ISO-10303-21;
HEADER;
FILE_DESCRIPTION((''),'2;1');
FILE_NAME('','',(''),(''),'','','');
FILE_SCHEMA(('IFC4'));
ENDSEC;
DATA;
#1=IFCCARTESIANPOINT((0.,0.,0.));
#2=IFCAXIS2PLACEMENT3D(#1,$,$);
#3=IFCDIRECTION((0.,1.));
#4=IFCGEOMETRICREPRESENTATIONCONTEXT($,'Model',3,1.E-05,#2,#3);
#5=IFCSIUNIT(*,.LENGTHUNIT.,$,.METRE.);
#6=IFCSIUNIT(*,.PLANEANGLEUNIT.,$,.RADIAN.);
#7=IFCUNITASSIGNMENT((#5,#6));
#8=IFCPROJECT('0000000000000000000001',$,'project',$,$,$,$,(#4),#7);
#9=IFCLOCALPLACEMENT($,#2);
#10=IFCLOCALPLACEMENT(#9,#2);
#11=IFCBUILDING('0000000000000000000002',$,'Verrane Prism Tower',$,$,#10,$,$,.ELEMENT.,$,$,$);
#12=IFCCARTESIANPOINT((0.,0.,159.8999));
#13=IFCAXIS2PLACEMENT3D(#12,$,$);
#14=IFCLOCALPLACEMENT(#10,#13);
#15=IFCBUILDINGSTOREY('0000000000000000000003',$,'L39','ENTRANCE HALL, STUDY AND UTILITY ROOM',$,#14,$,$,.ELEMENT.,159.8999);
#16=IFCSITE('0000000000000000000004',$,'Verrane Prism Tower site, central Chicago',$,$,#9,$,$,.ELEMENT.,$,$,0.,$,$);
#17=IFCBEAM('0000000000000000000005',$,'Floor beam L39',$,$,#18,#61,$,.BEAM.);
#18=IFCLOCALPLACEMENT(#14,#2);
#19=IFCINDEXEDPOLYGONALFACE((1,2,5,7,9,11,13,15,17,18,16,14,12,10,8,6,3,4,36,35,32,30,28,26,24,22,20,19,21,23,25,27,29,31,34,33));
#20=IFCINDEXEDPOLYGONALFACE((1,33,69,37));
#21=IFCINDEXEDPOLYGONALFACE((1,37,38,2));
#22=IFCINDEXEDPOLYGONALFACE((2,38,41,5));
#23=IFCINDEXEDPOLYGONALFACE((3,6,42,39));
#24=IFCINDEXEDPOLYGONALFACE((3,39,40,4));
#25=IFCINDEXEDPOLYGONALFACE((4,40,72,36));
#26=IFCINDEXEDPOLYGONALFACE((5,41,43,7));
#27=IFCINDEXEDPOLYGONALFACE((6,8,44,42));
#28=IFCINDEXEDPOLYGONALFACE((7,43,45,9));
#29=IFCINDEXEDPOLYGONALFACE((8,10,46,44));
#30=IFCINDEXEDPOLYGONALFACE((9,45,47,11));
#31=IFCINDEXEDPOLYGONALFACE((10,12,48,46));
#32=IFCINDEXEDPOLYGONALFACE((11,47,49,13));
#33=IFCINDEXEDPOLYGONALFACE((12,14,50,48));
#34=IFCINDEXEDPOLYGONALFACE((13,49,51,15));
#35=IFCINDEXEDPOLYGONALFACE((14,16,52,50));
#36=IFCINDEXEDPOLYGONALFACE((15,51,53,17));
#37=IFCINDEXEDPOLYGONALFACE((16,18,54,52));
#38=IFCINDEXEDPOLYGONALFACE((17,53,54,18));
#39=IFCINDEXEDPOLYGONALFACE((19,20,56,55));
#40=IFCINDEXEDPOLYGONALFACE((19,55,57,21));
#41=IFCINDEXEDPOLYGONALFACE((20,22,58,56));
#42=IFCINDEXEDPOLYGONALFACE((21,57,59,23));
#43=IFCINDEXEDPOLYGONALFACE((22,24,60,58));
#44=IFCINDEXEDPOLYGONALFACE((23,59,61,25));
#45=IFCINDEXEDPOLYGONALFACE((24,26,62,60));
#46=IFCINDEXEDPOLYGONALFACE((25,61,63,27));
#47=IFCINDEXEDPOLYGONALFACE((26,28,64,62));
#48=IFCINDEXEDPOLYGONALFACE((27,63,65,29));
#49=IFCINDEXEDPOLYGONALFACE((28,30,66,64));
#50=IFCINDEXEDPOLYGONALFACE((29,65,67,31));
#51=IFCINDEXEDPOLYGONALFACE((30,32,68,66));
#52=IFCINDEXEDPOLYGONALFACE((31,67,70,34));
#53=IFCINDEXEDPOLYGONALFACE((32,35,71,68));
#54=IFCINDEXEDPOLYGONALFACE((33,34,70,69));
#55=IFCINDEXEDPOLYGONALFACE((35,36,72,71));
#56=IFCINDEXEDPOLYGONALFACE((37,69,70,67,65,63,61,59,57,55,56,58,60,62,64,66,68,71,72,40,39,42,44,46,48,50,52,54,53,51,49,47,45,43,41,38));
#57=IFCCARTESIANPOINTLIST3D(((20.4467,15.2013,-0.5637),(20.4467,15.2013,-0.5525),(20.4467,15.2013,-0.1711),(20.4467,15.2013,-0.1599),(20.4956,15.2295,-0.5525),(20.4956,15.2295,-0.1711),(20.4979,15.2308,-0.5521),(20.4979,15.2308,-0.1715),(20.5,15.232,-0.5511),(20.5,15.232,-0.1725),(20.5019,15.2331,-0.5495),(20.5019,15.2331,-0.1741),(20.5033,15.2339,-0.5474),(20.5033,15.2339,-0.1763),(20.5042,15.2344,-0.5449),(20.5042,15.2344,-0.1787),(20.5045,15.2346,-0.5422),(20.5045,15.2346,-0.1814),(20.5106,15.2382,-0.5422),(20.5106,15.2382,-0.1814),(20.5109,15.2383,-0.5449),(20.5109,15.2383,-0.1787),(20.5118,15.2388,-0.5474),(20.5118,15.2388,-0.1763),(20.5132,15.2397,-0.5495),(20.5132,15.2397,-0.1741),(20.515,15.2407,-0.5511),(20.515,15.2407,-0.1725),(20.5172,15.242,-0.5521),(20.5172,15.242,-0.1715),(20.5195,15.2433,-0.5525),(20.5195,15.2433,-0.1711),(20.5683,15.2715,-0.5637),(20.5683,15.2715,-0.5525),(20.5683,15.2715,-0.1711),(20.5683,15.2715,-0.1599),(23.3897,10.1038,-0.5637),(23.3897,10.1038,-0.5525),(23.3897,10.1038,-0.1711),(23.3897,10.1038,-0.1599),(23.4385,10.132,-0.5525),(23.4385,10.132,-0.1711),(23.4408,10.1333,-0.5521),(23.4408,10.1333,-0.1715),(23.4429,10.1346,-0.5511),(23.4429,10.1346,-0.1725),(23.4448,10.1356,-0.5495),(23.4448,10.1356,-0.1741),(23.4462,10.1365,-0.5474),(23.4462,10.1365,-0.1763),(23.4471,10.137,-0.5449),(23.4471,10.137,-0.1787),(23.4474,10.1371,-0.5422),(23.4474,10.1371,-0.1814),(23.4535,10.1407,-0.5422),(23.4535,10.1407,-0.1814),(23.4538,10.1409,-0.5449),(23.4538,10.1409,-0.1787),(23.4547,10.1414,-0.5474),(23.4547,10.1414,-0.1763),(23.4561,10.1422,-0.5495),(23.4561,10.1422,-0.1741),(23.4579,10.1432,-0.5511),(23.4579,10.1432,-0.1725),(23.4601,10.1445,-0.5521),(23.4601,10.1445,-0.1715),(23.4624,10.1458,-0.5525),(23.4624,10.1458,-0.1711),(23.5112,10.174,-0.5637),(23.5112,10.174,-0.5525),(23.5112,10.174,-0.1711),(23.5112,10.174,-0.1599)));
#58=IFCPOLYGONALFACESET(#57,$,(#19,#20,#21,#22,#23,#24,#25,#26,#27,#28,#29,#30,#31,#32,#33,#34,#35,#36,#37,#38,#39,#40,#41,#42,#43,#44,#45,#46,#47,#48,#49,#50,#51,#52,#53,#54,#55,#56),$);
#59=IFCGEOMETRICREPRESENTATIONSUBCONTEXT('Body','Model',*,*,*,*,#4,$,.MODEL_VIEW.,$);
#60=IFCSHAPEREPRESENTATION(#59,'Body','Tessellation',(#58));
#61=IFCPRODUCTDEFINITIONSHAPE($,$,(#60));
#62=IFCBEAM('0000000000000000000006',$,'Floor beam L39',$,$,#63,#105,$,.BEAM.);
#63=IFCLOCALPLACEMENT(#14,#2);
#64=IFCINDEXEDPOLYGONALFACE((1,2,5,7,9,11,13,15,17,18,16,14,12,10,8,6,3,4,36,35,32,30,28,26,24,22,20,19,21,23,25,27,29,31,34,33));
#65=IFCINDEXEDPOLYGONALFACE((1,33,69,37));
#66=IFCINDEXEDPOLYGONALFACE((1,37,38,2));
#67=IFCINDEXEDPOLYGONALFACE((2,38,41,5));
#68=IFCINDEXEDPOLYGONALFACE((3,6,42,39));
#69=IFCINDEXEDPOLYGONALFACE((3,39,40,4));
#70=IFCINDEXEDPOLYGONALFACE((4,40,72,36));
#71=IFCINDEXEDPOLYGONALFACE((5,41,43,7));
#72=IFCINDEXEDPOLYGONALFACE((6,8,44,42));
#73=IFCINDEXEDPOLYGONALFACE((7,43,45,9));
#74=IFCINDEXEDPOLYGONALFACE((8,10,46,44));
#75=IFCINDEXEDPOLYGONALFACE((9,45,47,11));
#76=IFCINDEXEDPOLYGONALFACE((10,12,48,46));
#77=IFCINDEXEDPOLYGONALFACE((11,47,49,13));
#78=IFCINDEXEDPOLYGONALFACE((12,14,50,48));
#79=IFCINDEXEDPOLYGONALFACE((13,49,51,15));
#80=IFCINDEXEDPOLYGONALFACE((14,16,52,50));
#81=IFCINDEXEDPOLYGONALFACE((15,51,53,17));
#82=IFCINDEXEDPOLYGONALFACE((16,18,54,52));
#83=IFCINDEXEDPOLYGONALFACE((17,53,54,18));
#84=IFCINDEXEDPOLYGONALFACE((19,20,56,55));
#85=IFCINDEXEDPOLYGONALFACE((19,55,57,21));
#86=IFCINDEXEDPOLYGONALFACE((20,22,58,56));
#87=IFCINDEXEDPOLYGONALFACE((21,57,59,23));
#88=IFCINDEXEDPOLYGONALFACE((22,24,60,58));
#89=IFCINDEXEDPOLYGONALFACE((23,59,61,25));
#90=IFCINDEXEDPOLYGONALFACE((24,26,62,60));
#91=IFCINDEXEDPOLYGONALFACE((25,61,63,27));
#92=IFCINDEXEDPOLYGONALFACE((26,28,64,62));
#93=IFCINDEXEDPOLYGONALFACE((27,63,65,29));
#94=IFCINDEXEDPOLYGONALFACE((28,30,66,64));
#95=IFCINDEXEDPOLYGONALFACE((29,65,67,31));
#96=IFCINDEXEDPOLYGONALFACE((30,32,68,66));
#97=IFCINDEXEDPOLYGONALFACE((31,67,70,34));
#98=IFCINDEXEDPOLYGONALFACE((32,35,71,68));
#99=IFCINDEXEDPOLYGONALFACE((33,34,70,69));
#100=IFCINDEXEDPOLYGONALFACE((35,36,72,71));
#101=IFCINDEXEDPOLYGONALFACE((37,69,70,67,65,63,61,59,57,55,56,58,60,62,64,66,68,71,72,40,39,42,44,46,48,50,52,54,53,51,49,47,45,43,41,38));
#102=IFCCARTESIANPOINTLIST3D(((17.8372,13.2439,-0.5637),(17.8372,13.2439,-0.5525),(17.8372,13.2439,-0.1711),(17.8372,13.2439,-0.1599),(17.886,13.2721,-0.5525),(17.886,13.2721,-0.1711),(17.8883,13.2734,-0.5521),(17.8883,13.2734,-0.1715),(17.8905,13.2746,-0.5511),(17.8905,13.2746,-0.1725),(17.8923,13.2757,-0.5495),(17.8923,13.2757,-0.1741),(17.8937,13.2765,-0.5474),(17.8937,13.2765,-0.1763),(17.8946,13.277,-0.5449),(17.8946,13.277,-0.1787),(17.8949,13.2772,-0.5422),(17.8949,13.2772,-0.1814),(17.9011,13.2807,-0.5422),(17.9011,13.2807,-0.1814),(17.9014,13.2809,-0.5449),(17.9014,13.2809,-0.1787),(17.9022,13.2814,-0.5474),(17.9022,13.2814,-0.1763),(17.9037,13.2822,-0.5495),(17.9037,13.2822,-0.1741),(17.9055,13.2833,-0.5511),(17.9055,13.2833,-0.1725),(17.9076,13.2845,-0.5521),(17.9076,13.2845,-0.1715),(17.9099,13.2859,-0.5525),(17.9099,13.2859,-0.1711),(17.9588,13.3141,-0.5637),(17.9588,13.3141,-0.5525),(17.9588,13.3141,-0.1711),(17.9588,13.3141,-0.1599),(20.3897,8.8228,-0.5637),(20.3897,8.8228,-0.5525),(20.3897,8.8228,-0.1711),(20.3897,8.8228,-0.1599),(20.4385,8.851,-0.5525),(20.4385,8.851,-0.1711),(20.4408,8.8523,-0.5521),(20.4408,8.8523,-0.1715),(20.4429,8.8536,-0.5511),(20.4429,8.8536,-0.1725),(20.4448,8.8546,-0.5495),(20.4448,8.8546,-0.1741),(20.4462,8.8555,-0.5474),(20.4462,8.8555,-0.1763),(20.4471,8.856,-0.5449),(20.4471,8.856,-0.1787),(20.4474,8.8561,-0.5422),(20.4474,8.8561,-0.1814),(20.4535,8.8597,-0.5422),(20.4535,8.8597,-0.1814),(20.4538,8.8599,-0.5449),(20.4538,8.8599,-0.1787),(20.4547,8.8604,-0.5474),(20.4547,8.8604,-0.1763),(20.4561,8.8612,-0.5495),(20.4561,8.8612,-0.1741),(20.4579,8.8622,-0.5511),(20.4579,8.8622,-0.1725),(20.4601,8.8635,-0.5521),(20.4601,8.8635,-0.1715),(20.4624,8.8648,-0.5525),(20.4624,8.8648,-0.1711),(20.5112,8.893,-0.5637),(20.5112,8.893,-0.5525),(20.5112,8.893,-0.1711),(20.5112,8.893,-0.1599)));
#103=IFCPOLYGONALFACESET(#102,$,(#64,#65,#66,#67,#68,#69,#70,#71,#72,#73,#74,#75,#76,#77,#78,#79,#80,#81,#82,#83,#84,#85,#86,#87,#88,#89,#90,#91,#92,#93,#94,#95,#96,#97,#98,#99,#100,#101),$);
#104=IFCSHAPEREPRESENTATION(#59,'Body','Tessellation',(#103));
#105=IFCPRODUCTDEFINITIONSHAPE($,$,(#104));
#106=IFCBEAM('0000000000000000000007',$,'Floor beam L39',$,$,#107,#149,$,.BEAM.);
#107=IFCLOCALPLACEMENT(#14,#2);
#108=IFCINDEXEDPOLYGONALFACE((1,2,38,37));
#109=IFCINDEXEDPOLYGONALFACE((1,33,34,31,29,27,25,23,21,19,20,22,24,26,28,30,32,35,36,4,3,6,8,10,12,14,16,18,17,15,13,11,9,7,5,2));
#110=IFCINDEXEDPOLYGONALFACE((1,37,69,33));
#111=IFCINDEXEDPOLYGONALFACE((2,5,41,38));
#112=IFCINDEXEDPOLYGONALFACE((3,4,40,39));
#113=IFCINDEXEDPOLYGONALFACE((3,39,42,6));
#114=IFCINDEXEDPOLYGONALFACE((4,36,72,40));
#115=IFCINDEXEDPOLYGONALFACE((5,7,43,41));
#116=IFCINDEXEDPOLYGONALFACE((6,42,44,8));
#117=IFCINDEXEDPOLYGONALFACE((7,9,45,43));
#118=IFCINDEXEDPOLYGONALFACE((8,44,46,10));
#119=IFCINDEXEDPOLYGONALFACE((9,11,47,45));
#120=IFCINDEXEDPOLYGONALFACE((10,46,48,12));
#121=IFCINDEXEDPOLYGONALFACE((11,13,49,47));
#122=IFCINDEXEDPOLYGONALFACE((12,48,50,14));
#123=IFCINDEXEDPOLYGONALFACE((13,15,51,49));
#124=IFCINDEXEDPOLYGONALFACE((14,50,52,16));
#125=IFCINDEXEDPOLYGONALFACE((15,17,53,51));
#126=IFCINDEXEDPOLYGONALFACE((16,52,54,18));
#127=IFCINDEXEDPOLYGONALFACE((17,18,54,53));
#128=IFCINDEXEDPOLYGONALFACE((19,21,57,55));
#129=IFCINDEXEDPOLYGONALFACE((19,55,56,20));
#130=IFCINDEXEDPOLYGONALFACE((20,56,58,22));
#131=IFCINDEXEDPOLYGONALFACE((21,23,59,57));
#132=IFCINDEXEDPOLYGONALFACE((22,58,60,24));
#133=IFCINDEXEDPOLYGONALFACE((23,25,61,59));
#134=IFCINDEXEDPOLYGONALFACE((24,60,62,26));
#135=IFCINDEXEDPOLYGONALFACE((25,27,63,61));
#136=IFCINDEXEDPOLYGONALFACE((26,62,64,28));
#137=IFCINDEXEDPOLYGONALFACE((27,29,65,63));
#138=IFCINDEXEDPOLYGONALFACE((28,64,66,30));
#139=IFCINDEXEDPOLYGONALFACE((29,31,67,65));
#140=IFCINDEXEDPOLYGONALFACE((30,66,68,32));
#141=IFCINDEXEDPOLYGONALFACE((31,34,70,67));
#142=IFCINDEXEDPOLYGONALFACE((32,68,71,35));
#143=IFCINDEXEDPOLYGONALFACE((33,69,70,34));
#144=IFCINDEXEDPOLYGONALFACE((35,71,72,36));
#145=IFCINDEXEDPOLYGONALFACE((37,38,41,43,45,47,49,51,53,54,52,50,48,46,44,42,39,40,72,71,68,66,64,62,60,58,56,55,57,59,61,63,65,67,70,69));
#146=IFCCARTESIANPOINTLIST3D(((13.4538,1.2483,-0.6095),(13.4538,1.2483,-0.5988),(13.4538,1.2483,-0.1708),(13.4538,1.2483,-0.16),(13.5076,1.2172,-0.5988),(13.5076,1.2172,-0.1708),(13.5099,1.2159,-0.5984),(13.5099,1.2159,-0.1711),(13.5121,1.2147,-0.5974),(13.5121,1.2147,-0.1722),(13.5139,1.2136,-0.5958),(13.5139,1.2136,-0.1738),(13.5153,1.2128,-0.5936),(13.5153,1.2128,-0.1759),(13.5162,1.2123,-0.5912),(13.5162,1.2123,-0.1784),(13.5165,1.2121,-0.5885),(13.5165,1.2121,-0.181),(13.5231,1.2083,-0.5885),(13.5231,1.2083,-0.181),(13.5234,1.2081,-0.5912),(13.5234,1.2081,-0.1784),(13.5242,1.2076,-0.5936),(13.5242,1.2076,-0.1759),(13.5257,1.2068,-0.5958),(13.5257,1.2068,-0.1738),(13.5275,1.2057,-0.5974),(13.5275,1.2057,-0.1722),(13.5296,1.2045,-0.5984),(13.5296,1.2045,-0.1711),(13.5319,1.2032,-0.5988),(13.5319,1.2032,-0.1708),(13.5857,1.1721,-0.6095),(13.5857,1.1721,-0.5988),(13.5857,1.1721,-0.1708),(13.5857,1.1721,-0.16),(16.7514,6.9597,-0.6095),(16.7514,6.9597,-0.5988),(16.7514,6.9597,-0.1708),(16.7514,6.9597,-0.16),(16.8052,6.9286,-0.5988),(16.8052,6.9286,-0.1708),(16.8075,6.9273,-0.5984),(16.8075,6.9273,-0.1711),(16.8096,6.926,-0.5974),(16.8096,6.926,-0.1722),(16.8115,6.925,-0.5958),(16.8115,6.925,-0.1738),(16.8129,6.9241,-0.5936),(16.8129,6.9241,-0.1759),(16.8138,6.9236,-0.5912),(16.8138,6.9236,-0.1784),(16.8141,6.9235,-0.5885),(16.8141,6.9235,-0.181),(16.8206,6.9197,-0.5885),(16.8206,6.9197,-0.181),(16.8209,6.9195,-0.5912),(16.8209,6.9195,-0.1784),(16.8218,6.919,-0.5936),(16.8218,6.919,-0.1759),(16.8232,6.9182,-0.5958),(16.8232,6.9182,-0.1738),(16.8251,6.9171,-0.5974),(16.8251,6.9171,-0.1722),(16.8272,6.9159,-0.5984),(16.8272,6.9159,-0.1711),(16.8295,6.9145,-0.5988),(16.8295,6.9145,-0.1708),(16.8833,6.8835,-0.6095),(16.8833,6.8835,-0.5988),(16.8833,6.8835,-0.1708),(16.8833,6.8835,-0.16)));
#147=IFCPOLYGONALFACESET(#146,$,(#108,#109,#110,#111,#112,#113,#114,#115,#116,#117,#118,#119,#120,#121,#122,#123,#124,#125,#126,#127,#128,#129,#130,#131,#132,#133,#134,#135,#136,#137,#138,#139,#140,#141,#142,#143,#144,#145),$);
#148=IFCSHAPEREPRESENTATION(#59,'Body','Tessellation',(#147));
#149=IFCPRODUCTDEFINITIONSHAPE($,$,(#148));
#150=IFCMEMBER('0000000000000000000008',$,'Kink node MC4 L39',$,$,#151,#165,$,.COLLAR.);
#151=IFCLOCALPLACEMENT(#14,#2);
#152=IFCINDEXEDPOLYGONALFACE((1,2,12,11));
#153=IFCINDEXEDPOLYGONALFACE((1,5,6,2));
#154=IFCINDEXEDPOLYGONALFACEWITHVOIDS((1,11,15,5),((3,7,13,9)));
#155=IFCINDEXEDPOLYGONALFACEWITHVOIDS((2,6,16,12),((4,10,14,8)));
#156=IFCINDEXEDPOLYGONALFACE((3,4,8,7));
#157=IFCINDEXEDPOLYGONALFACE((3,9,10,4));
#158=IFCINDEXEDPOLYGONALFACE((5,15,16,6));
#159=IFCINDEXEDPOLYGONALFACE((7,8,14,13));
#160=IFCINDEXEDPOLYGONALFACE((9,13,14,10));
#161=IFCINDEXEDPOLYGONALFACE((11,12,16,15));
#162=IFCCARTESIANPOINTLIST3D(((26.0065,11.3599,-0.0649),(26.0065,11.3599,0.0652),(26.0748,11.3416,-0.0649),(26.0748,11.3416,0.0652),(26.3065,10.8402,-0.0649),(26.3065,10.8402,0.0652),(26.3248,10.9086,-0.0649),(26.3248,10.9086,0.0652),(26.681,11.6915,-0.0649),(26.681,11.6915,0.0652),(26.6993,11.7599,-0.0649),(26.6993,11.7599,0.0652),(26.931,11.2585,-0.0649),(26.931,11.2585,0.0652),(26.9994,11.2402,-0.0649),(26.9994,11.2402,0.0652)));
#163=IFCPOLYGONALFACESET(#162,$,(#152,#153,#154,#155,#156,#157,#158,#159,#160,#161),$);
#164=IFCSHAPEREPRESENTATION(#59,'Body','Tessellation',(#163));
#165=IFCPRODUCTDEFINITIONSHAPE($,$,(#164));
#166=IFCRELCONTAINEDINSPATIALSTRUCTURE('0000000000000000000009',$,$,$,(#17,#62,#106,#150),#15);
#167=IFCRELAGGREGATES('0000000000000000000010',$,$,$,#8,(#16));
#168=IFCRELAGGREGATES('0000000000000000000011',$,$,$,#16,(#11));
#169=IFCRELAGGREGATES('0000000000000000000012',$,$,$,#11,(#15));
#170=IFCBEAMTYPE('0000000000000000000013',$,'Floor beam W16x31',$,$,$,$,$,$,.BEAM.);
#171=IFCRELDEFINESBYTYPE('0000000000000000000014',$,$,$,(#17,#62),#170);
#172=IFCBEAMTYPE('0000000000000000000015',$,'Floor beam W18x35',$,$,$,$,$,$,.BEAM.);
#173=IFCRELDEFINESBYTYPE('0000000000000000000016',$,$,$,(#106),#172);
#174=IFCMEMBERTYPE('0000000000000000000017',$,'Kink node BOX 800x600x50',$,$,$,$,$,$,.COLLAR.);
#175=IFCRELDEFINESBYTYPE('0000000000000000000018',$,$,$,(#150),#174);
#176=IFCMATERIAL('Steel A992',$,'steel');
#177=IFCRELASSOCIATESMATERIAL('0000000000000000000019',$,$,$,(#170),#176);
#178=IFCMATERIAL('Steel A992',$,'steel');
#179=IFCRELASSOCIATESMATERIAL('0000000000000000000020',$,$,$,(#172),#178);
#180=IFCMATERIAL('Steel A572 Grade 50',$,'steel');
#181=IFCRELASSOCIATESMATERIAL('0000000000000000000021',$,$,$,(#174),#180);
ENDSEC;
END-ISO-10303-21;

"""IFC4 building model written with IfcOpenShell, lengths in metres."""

from ifc_helpers import new_model, si_unit, direction, frame, origin, origin_2d, place, context, subcontext, project, spatial, hollow_rectangle, i_section, extrude, material, material_profile, profile_set, type_object, element, save


model = new_model("IFC4")

# Units and contexts
model_context = context("Model", 3, precision=1e-05, world=origin(), true_north=direction((0.0, 1.0)))
body_context = subcontext(model_context, "Body", "Model", "MODEL_VIEW")
ifc_project = project(units=[si_unit("LENGTHUNIT", "METRE"), si_unit("PLANEANGLEUNIT", "RADIAN")], contexts=[model_context])

# Site, building, storey
site_placement = place(None, origin())
site = spatial("IfcSite", under=ifc_project, at=site_placement, Name="Verrane Prism Tower site, central Chicago", CompositionType="ELEMENT", RefElevation=0.0)
building_placement = place(site_placement, origin())
building = spatial("IfcBuilding", under=site, at=building_placement, Name="Verrane Prism Tower", CompositionType="ELEMENT")
storey_placement = place(building_placement, frame((0.0, 0.0, 159.8999)))
storey = spatial("IfcBuildingStorey", under=building, at=storey_placement, Name="L39", Description="ENTRANCE HALL, STUDY AND UTILITY ROOM", CompositionType="ELEMENT", Elevation=159.8999)

# Beams
ifc_material_1 = material(Name="Steel A992", Category="steel")
ifc_material_profile_1 = material_profile(ifc_material_1, i_section(OverallWidth=0.1404, OverallDepth=0.4038, WebThickness=0.0071, FlangeThickness=0.0112, FilletRadius=0.0103, at=origin_2d()), Name="W16x31")
ifc_profile_set_1 = profile_set([ifc_material_profile_1], Name="Steel A992")
beam_type_1 = type_object("IfcBeamType", Name="Floor beam W16x31", PredefinedType="BEAM", material=ifc_profile_set_1)
beam_1_placement = place(storey_placement, frame((23.4504, 10.1389, -0.3618), z_axis=(-0.499985, 0.866034, 0.0), x_axis=(-0.866034, -0.499985, 0.0)))
element("IfcBeam", 1, at=beam_1_placement, inside=storey, type_object=beam_type_1, Name="Floor beam L39", PredefinedType="BEAM", context=body_context, shape_type="SweptSolid", body=[
    extrude(i_section(OverallWidth=0.1404, OverallDepth=0.4038, WebThickness=0.0071, FlangeThickness=0.0112, FilletRadius=0.0103, at=origin_2d()), origin(), (0.0, 0.0, 1.0), 5.886),
])
beam_2_placement = place(storey_placement, frame((20.4504, 8.8579, -0.3618), z_axis=(-0.499992, 0.86603, 0.0), x_axis=(-0.86603, -0.499992, 0.0)))
element("IfcBeam", 2, at=beam_2_placement, inside=storey, type_object=beam_type_1, Name="Floor beam L39", PredefinedType="BEAM", context=body_context, shape_type="SweptSolid", body=[
    extrude(i_section(OverallWidth=0.1404, OverallDepth=0.4038, WebThickness=0.0071, FlangeThickness=0.0112, FilletRadius=0.0103, at=origin_2d()), origin(), (0.0, 0.0, 1.0), 5.105),
])
ifc_material_2 = material(Name="Steel A992", Category="steel")
ifc_material_profile_2 = material_profile(ifc_material_2, i_section(OverallWidth=0.1523, OverallDepth=0.4495, WebThickness=0.0076, FlangeThickness=0.0107, FilletRadius=0.0103, at=origin_2d()), Name="W18x35")
ifc_profile_set_2 = profile_set([ifc_material_profile_2], Name="Steel A992")
beam_type_2 = type_object("IfcBeamType", Name="Floor beam W18x35", PredefinedType="BEAM", material=ifc_profile_set_2)
beam_3_placement = place(storey_placement, frame((13.5198, 1.2102, -0.3848), z_axis=(0.500013, 0.866018, 0.0), x_axis=(-0.866018, 0.500013, 0.0)))
element("IfcBeam", 3, at=beam_3_placement, inside=storey, type_object=beam_type_2, Name="Floor beam L39", PredefinedType="BEAM", context=body_context, shape_type="SweptSolid", body=[
    extrude(i_section(OverallWidth=0.1523, OverallDepth=0.4495, WebThickness=0.0076, FlangeThickness=0.0107, FilletRadius=0.0103, at=origin_2d()), origin(), (0.0, 0.0, 1.0), 6.595),
])

# Member
ifc_material_3 = material(Name="Steel A572 Grade 50", Category="steel")
ifc_material_profile_3 = material_profile(ifc_material_3, hollow_rectangle(XDim=0.6001, YDim=0.8, WallThickness=0.05, at=origin_2d()), Name="BOX 800x600x50")
ifc_profile_set_3 = profile_set([ifc_material_profile_3], Name="Steel A572 Grade 50")
member_type_1 = type_object("IfcMemberType", Name="Kink node BOX 800x600x50", PredefinedType="COLLAR", material=ifc_profile_set_3)
member_1_placement = place(storey_placement, frame((26.5029, 11.3, -0.0649), z_axis=(0.0, 0.0, 1.0), x_axis=(0.5, -0.866025, 0.0)))
element("IfcMember", 4, at=member_1_placement, inside=storey, type_object=member_type_1, Name="Kink node MC4 L39", PredefinedType="COLLAR", context=body_context, shape_type="SweptSolid", body=[
    extrude(hollow_rectangle(XDim=0.6001, YDim=0.8, WallThickness=0.05, at=origin_2d()), origin(), (0.0, 0.0, 1.0), 0.1301),
])

save(model, "model.ifc")
